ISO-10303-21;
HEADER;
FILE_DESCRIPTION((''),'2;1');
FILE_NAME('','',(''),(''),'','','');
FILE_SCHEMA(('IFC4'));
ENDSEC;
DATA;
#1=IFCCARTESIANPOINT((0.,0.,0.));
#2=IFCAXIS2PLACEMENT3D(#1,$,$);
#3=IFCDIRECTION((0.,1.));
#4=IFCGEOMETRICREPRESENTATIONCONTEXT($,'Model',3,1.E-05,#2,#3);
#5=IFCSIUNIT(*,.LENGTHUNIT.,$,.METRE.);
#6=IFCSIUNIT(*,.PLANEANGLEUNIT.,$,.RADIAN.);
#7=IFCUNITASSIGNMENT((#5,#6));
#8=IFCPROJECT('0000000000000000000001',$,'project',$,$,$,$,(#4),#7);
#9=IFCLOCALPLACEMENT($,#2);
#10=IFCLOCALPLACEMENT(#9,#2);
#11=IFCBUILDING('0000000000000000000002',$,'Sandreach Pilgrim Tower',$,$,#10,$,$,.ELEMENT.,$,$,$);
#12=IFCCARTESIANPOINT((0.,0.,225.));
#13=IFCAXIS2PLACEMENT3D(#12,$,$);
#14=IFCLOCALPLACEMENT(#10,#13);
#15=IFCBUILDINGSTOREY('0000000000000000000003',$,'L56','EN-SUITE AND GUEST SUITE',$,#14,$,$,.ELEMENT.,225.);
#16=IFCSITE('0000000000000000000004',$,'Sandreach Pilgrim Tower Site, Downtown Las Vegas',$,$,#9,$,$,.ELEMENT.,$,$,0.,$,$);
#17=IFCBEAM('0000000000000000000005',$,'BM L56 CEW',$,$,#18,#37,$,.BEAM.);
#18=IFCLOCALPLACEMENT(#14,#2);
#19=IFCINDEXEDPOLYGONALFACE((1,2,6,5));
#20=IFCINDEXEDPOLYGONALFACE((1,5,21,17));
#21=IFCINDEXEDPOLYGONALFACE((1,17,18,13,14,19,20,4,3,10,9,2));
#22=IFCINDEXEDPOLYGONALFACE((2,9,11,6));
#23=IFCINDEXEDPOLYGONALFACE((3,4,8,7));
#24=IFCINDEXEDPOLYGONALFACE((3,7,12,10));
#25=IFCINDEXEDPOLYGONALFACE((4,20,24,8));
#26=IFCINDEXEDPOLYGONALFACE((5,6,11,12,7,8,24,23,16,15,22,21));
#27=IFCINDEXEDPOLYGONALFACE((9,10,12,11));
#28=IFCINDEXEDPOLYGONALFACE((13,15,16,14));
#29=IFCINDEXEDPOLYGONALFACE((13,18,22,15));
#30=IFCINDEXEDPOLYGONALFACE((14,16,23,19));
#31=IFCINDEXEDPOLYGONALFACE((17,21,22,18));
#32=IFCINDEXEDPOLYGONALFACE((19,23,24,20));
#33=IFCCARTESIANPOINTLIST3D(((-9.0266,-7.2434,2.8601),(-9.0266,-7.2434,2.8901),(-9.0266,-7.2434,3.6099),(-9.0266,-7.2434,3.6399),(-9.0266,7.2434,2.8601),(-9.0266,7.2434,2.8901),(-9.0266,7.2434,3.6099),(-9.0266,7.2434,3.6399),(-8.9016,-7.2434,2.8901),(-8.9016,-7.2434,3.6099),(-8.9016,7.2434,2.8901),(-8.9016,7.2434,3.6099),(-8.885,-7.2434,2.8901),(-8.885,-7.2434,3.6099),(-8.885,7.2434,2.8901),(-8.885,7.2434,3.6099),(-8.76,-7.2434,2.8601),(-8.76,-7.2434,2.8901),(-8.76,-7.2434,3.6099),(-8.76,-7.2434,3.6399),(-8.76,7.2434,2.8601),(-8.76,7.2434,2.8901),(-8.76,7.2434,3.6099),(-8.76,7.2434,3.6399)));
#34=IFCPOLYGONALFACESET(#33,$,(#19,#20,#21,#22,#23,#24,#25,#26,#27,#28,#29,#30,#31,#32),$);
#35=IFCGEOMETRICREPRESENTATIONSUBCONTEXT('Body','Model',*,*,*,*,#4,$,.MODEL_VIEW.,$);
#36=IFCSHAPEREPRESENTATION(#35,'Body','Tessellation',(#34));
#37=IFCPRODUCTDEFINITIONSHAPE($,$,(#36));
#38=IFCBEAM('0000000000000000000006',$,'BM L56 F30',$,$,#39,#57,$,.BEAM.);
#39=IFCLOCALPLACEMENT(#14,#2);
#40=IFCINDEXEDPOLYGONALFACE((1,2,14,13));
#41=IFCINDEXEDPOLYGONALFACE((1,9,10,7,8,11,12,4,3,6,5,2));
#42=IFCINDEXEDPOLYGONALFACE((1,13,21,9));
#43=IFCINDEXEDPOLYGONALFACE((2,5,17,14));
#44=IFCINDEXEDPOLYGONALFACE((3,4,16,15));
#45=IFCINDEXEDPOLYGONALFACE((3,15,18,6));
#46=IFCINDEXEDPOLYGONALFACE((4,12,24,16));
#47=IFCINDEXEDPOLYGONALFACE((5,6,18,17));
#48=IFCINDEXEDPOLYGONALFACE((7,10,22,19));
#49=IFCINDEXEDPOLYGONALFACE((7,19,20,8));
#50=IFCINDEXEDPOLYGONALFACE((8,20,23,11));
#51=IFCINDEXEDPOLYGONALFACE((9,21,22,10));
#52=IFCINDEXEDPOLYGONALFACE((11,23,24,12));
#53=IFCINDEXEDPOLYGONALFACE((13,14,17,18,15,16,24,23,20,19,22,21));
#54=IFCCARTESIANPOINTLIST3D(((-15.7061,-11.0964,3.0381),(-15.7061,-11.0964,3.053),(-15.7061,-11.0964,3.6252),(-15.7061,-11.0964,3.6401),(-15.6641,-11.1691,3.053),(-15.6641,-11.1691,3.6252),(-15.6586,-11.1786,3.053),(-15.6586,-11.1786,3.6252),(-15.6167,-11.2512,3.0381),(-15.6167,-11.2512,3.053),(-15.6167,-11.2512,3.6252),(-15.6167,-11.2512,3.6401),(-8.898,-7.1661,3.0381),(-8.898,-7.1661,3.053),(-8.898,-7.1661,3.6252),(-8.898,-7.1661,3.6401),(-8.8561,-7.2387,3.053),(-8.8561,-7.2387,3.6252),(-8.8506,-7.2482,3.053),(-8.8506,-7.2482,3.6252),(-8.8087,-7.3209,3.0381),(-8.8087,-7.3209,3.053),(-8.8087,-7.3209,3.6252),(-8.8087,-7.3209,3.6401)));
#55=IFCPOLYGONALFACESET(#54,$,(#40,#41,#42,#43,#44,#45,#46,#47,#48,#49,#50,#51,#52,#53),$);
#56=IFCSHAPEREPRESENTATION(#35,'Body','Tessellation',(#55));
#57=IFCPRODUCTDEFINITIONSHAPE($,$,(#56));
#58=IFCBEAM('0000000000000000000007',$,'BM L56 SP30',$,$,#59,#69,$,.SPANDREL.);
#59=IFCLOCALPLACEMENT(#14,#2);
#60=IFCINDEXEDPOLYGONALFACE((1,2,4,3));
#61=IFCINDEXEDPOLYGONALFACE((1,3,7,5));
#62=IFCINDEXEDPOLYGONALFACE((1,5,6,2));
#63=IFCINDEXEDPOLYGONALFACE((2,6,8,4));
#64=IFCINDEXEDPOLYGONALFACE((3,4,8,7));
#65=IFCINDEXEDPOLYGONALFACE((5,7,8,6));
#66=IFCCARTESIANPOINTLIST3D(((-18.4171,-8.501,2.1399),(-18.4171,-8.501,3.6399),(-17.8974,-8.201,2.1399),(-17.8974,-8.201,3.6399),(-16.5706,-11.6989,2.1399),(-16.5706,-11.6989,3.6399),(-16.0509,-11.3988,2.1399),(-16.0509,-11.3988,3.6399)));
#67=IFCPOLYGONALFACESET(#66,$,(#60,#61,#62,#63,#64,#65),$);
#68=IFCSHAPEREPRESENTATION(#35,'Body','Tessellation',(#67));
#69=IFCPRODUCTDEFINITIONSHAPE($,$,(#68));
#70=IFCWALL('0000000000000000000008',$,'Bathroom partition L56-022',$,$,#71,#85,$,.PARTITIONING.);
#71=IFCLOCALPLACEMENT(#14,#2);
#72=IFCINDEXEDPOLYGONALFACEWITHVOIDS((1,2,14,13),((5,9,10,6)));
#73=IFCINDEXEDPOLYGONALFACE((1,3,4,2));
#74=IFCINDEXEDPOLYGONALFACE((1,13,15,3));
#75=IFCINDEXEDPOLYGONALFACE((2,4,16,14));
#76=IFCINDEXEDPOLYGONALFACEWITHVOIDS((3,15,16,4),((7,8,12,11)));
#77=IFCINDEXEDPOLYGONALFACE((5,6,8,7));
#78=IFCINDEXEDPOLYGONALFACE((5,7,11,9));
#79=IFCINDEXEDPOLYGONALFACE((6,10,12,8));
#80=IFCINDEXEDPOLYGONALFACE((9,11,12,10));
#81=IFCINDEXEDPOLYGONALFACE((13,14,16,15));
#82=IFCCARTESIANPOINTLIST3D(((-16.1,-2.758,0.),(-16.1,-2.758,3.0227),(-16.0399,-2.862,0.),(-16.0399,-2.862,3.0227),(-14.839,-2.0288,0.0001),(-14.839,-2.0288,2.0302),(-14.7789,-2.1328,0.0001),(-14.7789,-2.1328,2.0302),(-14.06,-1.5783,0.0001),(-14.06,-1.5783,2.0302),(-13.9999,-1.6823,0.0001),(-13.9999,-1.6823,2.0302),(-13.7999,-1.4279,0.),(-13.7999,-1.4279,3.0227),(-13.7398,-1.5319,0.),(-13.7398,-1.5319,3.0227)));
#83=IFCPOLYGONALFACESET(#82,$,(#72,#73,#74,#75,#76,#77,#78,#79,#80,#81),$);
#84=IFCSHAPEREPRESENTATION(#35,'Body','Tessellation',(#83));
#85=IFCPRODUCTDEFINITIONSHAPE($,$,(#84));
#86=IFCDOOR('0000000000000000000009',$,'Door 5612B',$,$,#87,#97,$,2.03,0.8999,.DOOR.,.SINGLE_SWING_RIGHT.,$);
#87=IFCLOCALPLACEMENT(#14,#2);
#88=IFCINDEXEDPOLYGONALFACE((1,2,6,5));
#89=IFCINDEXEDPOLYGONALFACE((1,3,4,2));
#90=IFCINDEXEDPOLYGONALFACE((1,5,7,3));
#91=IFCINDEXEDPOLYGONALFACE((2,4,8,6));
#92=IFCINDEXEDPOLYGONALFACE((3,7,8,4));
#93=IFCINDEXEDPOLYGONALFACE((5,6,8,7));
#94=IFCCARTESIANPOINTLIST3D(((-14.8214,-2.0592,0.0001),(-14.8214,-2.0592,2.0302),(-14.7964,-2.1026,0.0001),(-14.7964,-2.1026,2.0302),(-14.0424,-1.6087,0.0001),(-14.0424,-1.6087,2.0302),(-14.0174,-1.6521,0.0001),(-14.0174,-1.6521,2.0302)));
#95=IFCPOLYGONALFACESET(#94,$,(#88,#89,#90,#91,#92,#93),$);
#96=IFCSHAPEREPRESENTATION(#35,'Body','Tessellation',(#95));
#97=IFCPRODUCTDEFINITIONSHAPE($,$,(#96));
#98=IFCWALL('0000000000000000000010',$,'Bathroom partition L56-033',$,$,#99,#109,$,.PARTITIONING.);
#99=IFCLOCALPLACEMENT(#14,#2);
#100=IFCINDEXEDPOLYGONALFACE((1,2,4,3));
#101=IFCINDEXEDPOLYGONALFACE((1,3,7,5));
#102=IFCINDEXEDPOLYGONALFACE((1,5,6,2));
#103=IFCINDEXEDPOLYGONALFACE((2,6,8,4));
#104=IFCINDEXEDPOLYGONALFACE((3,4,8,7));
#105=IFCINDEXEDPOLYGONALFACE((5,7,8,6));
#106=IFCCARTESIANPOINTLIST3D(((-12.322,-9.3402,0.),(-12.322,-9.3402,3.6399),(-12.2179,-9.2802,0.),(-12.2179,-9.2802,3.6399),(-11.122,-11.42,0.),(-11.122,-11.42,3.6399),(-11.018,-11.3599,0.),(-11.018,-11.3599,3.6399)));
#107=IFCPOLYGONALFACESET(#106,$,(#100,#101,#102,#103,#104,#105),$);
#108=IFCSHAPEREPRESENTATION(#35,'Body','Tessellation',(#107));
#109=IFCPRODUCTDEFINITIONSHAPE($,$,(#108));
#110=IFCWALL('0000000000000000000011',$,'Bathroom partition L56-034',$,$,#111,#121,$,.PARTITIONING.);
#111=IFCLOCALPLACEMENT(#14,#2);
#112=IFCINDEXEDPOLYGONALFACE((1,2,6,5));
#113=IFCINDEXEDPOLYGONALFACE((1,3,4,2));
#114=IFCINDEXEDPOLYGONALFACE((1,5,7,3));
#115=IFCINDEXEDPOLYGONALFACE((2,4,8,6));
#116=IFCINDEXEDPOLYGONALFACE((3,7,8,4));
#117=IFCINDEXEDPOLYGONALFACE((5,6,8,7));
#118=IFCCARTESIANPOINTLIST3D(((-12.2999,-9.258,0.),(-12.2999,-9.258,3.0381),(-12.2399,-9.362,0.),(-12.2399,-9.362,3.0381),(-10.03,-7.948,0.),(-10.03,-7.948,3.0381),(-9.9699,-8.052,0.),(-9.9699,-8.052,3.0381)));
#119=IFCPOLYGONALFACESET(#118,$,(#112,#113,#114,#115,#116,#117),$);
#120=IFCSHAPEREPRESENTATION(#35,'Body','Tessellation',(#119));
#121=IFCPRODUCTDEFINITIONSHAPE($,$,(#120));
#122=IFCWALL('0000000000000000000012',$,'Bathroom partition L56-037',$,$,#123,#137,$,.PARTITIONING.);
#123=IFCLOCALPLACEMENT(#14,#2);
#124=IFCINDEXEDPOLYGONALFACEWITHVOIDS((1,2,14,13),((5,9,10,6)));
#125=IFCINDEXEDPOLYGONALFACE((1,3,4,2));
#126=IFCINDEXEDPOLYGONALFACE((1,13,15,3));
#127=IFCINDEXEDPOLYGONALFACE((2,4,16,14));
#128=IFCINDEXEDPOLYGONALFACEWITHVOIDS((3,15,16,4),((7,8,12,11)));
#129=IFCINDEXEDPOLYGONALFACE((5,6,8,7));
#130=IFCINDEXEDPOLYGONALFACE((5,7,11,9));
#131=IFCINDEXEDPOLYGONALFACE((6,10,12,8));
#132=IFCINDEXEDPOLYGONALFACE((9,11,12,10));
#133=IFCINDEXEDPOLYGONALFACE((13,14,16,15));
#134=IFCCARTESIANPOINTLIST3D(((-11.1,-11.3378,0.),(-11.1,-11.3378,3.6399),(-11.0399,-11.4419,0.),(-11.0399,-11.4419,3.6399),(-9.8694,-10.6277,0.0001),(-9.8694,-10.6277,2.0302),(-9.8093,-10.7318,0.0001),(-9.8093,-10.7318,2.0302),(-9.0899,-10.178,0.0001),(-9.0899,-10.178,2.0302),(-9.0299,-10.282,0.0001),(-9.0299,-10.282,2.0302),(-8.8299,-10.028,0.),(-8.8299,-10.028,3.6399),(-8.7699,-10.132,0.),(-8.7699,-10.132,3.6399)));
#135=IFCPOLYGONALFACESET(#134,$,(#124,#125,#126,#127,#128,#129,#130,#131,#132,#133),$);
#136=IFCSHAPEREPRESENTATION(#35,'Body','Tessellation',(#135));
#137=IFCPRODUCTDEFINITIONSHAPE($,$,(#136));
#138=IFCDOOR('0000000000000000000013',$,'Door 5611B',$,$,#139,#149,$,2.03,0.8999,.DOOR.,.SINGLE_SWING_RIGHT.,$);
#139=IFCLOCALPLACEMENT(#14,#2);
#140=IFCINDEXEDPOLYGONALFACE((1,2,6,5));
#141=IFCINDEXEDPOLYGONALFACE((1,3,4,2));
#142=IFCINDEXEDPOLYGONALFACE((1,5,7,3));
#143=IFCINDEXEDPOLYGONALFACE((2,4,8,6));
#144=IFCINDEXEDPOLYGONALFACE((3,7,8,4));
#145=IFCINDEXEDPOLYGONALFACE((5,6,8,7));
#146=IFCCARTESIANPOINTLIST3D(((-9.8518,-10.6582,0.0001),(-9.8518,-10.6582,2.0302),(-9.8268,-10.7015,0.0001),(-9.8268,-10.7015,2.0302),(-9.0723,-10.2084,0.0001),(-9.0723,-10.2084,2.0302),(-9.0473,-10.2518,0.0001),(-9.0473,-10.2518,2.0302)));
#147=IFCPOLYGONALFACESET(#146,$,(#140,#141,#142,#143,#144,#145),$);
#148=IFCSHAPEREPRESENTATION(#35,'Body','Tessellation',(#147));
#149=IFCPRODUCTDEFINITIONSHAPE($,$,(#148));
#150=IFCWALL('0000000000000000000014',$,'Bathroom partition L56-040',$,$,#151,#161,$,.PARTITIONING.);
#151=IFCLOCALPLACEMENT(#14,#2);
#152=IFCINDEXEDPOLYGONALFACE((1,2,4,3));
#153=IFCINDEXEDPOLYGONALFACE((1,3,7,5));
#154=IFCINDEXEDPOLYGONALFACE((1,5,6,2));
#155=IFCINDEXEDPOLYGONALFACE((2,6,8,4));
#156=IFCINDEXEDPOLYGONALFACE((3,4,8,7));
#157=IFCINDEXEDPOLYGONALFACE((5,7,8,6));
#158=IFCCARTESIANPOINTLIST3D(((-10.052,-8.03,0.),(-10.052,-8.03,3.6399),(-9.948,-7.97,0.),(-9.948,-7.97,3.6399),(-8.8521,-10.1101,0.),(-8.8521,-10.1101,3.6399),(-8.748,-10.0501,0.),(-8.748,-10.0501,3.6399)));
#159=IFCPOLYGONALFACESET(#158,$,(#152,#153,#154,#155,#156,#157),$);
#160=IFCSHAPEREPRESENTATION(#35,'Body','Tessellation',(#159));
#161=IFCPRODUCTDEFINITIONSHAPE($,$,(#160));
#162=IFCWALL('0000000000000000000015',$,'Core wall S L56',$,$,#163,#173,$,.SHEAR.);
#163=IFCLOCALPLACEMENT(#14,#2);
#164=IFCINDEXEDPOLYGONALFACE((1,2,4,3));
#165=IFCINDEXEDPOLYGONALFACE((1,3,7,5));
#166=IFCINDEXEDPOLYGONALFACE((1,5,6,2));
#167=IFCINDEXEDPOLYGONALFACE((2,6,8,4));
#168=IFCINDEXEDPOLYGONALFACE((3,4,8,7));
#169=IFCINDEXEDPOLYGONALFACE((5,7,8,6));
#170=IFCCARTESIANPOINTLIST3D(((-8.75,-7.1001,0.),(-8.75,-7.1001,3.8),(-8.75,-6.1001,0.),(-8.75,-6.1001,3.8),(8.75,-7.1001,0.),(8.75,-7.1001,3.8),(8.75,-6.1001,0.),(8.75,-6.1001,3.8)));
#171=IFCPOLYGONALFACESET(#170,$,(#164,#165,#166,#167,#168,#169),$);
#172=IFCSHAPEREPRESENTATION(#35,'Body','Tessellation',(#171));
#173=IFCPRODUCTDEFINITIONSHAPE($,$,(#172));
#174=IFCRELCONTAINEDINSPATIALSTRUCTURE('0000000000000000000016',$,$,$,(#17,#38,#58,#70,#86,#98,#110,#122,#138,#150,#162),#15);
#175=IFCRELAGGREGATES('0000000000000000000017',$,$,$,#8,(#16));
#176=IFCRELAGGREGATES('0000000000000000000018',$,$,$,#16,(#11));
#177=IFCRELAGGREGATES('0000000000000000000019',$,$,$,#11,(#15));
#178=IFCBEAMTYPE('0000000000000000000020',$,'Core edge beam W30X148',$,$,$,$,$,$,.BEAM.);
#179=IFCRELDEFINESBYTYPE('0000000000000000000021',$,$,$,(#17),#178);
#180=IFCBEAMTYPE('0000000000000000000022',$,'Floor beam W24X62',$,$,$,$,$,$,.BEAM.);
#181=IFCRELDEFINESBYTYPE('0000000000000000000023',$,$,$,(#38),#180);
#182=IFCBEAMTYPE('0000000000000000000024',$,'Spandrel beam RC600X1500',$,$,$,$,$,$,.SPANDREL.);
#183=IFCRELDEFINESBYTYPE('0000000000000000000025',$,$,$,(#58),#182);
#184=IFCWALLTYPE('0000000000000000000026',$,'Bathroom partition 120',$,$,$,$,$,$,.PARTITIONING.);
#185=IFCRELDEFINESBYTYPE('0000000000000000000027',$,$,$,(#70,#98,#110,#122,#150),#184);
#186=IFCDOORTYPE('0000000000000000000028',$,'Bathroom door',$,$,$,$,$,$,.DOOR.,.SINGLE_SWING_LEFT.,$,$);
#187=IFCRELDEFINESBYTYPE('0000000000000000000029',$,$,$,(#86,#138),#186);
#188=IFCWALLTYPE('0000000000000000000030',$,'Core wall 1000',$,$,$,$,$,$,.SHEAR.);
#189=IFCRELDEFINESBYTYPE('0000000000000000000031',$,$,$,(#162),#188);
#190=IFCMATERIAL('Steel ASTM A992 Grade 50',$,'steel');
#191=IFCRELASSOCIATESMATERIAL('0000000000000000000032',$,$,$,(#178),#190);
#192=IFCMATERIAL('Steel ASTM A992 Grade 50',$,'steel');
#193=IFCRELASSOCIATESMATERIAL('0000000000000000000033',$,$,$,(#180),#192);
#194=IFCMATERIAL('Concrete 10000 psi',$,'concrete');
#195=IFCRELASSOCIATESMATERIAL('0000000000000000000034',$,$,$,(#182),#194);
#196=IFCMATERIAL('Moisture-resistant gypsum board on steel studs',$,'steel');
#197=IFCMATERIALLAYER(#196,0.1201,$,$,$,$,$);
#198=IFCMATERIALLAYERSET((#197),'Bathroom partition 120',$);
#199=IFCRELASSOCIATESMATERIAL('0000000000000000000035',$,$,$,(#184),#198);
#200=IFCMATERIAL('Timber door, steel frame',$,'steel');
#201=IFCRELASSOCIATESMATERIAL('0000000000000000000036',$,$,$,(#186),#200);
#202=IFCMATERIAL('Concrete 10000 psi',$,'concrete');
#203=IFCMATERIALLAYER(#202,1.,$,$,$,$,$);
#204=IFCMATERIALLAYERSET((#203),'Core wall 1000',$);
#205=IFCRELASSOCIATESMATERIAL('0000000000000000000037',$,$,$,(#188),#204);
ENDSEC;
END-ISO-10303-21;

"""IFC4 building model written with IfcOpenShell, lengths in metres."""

from ifc_helpers import new_model, si_unit, direction, frame, frame_2d, origin, origin_2d, place, context, subcontext, project, spatial, rectangle, i_section, extrude, material, layer, layer_set, material_profile, profile_set, type_object, element, fill, save


model = new_model("IFC4")

# Units and contexts
model_context = context("Model", 3, precision=1e-05, world=origin(), true_north=direction((0.0, 1.0)))
body_context = subcontext(model_context, "Body", "Model", "MODEL_VIEW")
ifc_project = project(units=[si_unit("LENGTHUNIT", "METRE"), si_unit("PLANEANGLEUNIT", "RADIAN")], contexts=[model_context])

# Site, building, storey
site_placement = place(None, origin())
site = spatial("IfcSite", under=ifc_project, at=site_placement, Name="Sandreach Pilgrim Tower Site, Downtown Las Vegas", CompositionType="ELEMENT", RefElevation=0.0)
building_placement = place(site_placement, origin())
building = spatial("IfcBuilding", under=site, at=building_placement, Name="Sandreach Pilgrim Tower", CompositionType="ELEMENT")
storey_placement = place(building_placement, frame((0.0, 0.0, 225.0)))
storey = spatial("IfcBuildingStorey", under=building, at=storey_placement, Name="L56", Description="EN-SUITE AND GUEST SUITE", CompositionType="ELEMENT", Elevation=225.0)

# Beams
ifc_material_1 = material(Name="Steel ASTM A992 Grade 50", Category="steel")
ifc_material_profile_1 = material_profile(ifc_material_1, i_section(OverallWidth=0.2666, OverallDepth=0.7798, WebThickness=0.0166, FlangeThickness=0.03, at=origin_2d()), Name="W30X148")
ifc_profile_set_1 = profile_set([ifc_material_profile_1], Name="Steel ASTM A992 Grade 50")
beam_type_1 = type_object("IfcBeamType", Name="Core edge beam W30X148", PredefinedType="BEAM", material=ifc_profile_set_1)
beam_1_placement = place(storey_placement, frame((-8.8933, -7.2434, 3.25), z_axis=(0.0, 1.0, 0.0), x_axis=(-1.0, 0.0, 0.0)))
element("IfcBeam", 1, at=beam_1_placement, inside=storey, type_object=beam_type_1, Name="BM L56 CEW", PredefinedType="BEAM", context=body_context, shape_type="SweptSolid", body=[
    extrude(i_section(OverallWidth=0.2666, OverallDepth=0.7798, WebThickness=0.0166, FlangeThickness=0.03, at=origin_2d()), origin(), (0.0, 0.0, 1.0), 14.4868),
])
ifc_material_2 = material(Name="Steel ASTM A992 Grade 50", Category="steel")
ifc_material_profile_2 = material_profile(ifc_material_2, i_section(OverallWidth=0.1787, OverallDepth=0.6021, WebThickness=0.011, FlangeThickness=0.0149, at=origin_2d()), Name="W24X62")
ifc_profile_set_2 = profile_set([ifc_material_profile_2], Name="Steel ASTM A992 Grade 50")
beam_type_2 = type_object("IfcBeamType", Name="Floor beam W24X62", PredefinedType="BEAM", material=ifc_profile_set_2)
beam_2_placement = place(storey_placement, frame((-15.6614, -11.1738, 3.3391), z_axis=(0.866039, 0.499977, 0.0), x_axis=(-0.499977, 0.866039, 0.0)))
element("IfcBeam", 2, at=beam_2_placement, inside=storey, type_object=beam_type_2, Name="BM L56 F30", PredefinedType="BEAM", context=body_context, shape_type="SweptSolid", body=[
    extrude(i_section(OverallWidth=0.1787, OverallDepth=0.6021, WebThickness=0.011, FlangeThickness=0.0149, at=origin_2d()), origin(), (0.0, 0.0, 1.0), 7.8611),
])
ifc_material_3 = material(Name="Concrete 10000 psi", Category="concrete")
ifc_material_profile_3 = material_profile(ifc_material_3, rectangle(XDim=0.6001, YDim=1.5, at=origin_2d()), Name="RC600X1500")
ifc_profile_set_3 = profile_set([ifc_material_profile_3], Name="Concrete 10000 psi")
beam_type_3 = type_object("IfcBeamType", Name="Spandrel beam RC600X1500", PredefinedType="SPANDREL", material=ifc_profile_set_3)
beam_3_placement = place(storey_placement, frame((-16.3108, -11.5488, 2.8899), z_axis=(-0.500043, 0.866001, 0.0), x_axis=(-0.866001, -0.500043, 0.0)))
element("IfcBeam", 3, at=beam_3_placement, inside=storey, type_object=beam_type_3, Name="BM L56 SP30", PredefinedType="SPANDREL", context=body_context, shape_type="SweptSolid", body=[
    extrude(rectangle(XDim=0.6001, YDim=1.5, at=origin_2d()), origin(), (0.0, 0.0, 1.0), 3.6926),
])

# Wall, opening, door
ifc_material_4 = material(Name="Moisture-resistant gypsum board on steel studs", Category="steel")
ifc_layer_1 = layer(ifc_material_4, 0.1201)
ifc_layer_set_1 = layer_set([ifc_layer_1], Name="Bathroom partition 120")
wall_type_1 = type_object("IfcWallType", Name="Bathroom partition 120", PredefinedType="PARTITIONING", material=ifc_layer_set_1)
wall_1_placement = place(storey_placement, frame((-16.0701, -2.8101, 0.0), z_axis=(0.0, 0.0, 1.0), x_axis=(0.865676, 0.500605, 0.0)))
wall_1 = element("IfcWall", 4, at=wall_1_placement, inside=storey, type_object=wall_type_1, Name="Bathroom partition L56-022", PredefinedType="PARTITIONING", context=body_context, shape_type="SweptSolid", body=[
    extrude(rectangle(XDim=2.657, YDim=0.1201, at=frame_2d((1.3286, 0.0))), origin(), (0.0, 0.0, 1.0), 3.0227),
])
opening_1_placement = place(wall_1_placement, frame((1.4568, 0.0, 0.0)))
opening_1 = element("IfcOpeningElement", 5, at=opening_1_placement, cuts=wall_1, PredefinedType="OPENING", context=body_context, shape_type="SweptSolid", body=[
    extrude(rectangle(XDim=0.8999, YDim=2.03, at=frame_2d((0.45, 1.0151))), frame((0.0, 0.0601, 0.0), z_axis=(0.0, -1.0, 0.0), x_axis=(1.0, 0.0, 0.0)), (0.0, 0.0, 1.0), 0.1201),
])
ifc_material_5 = material(Name="Timber door, steel frame", Category="steel")
door_type_1 = type_object("IfcDoorType", Name="Bathroom door", OperationType="SINGLE_SWING_LEFT", PredefinedType="DOOR", material=ifc_material_5)
door_1_placement = place(opening_1_placement, origin())
door_1 = element("IfcDoor", 6, at=door_1_placement, inside=storey, type_object=door_type_1, Name="Door 5612B", OperationType="SINGLE_SWING_RIGHT", OverallHeight=2.03, OverallWidth=0.8999, PredefinedType="DOOR", context=body_context, shape_type="SweptSolid", body=[
    extrude(rectangle(XDim=0.8999, YDim=2.03, at=frame_2d((0.45, 1.0151))), frame((0.0, 0.0249, 0.0), z_axis=(0.0, -1.0, 0.0), x_axis=(1.0, 0.0, 0.0)), (0.0, 0.0, 1.0), 0.05),
])
fill(opening_1, door_1)

# Walls
wall_2_placement = place(storey_placement, frame((-12.27, -9.3101, 0.0), z_axis=(0.0, 0.0, 1.0), x_axis=(0.499737, -0.866177, 0.0)))
element("IfcWall", 7, at=wall_2_placement, inside=storey, type_object=wall_type_1, Name="Bathroom partition L56-033", PredefinedType="PARTITIONING", context=body_context, shape_type="SweptSolid", body=[
    extrude(rectangle(XDim=2.4011, YDim=0.1201, at=frame_2d((1.2007, 0.0))), origin(), (0.0, 0.0, 1.0), 3.6399),
])
wall_3_placement = place(storey_placement, frame((-12.27, -9.3101, 0.0), z_axis=(0.0, 0.0, 1.0), x_axis=(0.866114, 0.499846, 0.0)))
element("IfcWall", 8, at=wall_3_placement, inside=storey, type_object=wall_type_1, Name="Bathroom partition L56-034", PredefinedType="PARTITIONING", context=body_context, shape_type="SweptSolid", body=[
    extrude(rectangle(XDim=2.6208, YDim=0.1201, at=frame_2d((1.3105, 0.0))), origin(), (0.0, 0.0, 1.0), 3.0381),
])

# Wall, opening, door
wall_4_placement = place(storey_placement, frame((-11.0701, -11.3899, 0.0), z_axis=(0.0, 0.0, 1.0), x_axis=(0.866155, 0.499776, 0.0)))
wall_4 = element("IfcWall", 9, at=wall_4_placement, inside=storey, type_object=wall_type_1, Name="Bathroom partition L56-037", PredefinedType="PARTITIONING", context=body_context, shape_type="SweptSolid", body=[
    extrude(rectangle(XDim=2.6208, YDim=0.1201, at=frame_2d((1.3105, 0.0))), origin(), (0.0, 0.0, 1.0), 3.6399),
])
opening_2_placement = place(wall_4_placement, frame((1.4209, 0.0, 0.0)))
opening_2 = element("IfcOpeningElement", 10, at=opening_2_placement, cuts=wall_4, PredefinedType="OPENING", context=body_context, shape_type="SweptSolid", body=[
    extrude(rectangle(XDim=0.8999, YDim=2.03, at=frame_2d((0.45, 1.0151))), frame((0.0, 0.0601, 0.0), z_axis=(0.0, -1.0, 0.0), x_axis=(1.0, 0.0, 0.0)), (0.0, 0.0, 1.0), 0.1201),
])
door_2_placement = place(opening_2_placement, origin())
door_2 = element("IfcDoor", 11, at=door_2_placement, inside=storey, type_object=door_type_1, Name="Door 5611B", OperationType="SINGLE_SWING_RIGHT", OverallHeight=2.03, OverallWidth=0.8999, PredefinedType="DOOR", context=body_context, shape_type="SweptSolid", body=[
    extrude(rectangle(XDim=0.8999, YDim=2.03, at=frame_2d((0.45, 1.0151))), frame((0.0, 0.0249, 0.0), z_axis=(0.0, -1.0, 0.0), x_axis=(1.0, 0.0, 0.0)), (0.0, 0.0, 1.0), 0.05),
])
fill(opening_2, door_2)

# Walls
wall_5_placement = place(storey_placement, frame((-10.0, -8.0, 0.0), z_axis=(0.0, 0.0, 1.0), x_axis=(0.499693, -0.866203, 0.0)))
element("IfcWall", 12, at=wall_5_placement, inside=storey, type_object=wall_type_1, Name="Bathroom partition L56-040", PredefinedType="PARTITIONING", context=body_context, shape_type="SweptSolid", body=[
    extrude(rectangle(XDim=2.4014, YDim=0.1201, at=frame_2d((1.2007, 0.0))), origin(), (0.0, 0.0, 1.0), 3.6399),
])
ifc_material_6 = material(Name="Concrete 10000 psi", Category="concrete")
ifc_layer_2 = layer(ifc_material_6, 1.0)
ifc_layer_set_2 = layer_set([ifc_layer_2], Name="Core wall 1000")
wall_type_2 = type_object("IfcWallType", Name="Core wall 1000", PredefinedType="SHEAR", material=ifc_layer_set_2)
wall_6_placement = place(storey_placement, frame((-8.75, -6.6001, 0.0), z_axis=(0.0, 0.0, 1.0), x_axis=(1.0, 0.0, 0.0)))
element("IfcWall", 13, at=wall_6_placement, inside=storey, type_object=wall_type_2, Name="Core wall S L56", PredefinedType="SHEAR", context=body_context, shape_type="SweptSolid", body=[
    extrude(rectangle(XDim=17.5, YDim=1.0, at=frame_2d((8.75, 0.0))), origin(), (0.0, 0.0, 1.0), 3.8),
])

save(model, "model.ifc")
